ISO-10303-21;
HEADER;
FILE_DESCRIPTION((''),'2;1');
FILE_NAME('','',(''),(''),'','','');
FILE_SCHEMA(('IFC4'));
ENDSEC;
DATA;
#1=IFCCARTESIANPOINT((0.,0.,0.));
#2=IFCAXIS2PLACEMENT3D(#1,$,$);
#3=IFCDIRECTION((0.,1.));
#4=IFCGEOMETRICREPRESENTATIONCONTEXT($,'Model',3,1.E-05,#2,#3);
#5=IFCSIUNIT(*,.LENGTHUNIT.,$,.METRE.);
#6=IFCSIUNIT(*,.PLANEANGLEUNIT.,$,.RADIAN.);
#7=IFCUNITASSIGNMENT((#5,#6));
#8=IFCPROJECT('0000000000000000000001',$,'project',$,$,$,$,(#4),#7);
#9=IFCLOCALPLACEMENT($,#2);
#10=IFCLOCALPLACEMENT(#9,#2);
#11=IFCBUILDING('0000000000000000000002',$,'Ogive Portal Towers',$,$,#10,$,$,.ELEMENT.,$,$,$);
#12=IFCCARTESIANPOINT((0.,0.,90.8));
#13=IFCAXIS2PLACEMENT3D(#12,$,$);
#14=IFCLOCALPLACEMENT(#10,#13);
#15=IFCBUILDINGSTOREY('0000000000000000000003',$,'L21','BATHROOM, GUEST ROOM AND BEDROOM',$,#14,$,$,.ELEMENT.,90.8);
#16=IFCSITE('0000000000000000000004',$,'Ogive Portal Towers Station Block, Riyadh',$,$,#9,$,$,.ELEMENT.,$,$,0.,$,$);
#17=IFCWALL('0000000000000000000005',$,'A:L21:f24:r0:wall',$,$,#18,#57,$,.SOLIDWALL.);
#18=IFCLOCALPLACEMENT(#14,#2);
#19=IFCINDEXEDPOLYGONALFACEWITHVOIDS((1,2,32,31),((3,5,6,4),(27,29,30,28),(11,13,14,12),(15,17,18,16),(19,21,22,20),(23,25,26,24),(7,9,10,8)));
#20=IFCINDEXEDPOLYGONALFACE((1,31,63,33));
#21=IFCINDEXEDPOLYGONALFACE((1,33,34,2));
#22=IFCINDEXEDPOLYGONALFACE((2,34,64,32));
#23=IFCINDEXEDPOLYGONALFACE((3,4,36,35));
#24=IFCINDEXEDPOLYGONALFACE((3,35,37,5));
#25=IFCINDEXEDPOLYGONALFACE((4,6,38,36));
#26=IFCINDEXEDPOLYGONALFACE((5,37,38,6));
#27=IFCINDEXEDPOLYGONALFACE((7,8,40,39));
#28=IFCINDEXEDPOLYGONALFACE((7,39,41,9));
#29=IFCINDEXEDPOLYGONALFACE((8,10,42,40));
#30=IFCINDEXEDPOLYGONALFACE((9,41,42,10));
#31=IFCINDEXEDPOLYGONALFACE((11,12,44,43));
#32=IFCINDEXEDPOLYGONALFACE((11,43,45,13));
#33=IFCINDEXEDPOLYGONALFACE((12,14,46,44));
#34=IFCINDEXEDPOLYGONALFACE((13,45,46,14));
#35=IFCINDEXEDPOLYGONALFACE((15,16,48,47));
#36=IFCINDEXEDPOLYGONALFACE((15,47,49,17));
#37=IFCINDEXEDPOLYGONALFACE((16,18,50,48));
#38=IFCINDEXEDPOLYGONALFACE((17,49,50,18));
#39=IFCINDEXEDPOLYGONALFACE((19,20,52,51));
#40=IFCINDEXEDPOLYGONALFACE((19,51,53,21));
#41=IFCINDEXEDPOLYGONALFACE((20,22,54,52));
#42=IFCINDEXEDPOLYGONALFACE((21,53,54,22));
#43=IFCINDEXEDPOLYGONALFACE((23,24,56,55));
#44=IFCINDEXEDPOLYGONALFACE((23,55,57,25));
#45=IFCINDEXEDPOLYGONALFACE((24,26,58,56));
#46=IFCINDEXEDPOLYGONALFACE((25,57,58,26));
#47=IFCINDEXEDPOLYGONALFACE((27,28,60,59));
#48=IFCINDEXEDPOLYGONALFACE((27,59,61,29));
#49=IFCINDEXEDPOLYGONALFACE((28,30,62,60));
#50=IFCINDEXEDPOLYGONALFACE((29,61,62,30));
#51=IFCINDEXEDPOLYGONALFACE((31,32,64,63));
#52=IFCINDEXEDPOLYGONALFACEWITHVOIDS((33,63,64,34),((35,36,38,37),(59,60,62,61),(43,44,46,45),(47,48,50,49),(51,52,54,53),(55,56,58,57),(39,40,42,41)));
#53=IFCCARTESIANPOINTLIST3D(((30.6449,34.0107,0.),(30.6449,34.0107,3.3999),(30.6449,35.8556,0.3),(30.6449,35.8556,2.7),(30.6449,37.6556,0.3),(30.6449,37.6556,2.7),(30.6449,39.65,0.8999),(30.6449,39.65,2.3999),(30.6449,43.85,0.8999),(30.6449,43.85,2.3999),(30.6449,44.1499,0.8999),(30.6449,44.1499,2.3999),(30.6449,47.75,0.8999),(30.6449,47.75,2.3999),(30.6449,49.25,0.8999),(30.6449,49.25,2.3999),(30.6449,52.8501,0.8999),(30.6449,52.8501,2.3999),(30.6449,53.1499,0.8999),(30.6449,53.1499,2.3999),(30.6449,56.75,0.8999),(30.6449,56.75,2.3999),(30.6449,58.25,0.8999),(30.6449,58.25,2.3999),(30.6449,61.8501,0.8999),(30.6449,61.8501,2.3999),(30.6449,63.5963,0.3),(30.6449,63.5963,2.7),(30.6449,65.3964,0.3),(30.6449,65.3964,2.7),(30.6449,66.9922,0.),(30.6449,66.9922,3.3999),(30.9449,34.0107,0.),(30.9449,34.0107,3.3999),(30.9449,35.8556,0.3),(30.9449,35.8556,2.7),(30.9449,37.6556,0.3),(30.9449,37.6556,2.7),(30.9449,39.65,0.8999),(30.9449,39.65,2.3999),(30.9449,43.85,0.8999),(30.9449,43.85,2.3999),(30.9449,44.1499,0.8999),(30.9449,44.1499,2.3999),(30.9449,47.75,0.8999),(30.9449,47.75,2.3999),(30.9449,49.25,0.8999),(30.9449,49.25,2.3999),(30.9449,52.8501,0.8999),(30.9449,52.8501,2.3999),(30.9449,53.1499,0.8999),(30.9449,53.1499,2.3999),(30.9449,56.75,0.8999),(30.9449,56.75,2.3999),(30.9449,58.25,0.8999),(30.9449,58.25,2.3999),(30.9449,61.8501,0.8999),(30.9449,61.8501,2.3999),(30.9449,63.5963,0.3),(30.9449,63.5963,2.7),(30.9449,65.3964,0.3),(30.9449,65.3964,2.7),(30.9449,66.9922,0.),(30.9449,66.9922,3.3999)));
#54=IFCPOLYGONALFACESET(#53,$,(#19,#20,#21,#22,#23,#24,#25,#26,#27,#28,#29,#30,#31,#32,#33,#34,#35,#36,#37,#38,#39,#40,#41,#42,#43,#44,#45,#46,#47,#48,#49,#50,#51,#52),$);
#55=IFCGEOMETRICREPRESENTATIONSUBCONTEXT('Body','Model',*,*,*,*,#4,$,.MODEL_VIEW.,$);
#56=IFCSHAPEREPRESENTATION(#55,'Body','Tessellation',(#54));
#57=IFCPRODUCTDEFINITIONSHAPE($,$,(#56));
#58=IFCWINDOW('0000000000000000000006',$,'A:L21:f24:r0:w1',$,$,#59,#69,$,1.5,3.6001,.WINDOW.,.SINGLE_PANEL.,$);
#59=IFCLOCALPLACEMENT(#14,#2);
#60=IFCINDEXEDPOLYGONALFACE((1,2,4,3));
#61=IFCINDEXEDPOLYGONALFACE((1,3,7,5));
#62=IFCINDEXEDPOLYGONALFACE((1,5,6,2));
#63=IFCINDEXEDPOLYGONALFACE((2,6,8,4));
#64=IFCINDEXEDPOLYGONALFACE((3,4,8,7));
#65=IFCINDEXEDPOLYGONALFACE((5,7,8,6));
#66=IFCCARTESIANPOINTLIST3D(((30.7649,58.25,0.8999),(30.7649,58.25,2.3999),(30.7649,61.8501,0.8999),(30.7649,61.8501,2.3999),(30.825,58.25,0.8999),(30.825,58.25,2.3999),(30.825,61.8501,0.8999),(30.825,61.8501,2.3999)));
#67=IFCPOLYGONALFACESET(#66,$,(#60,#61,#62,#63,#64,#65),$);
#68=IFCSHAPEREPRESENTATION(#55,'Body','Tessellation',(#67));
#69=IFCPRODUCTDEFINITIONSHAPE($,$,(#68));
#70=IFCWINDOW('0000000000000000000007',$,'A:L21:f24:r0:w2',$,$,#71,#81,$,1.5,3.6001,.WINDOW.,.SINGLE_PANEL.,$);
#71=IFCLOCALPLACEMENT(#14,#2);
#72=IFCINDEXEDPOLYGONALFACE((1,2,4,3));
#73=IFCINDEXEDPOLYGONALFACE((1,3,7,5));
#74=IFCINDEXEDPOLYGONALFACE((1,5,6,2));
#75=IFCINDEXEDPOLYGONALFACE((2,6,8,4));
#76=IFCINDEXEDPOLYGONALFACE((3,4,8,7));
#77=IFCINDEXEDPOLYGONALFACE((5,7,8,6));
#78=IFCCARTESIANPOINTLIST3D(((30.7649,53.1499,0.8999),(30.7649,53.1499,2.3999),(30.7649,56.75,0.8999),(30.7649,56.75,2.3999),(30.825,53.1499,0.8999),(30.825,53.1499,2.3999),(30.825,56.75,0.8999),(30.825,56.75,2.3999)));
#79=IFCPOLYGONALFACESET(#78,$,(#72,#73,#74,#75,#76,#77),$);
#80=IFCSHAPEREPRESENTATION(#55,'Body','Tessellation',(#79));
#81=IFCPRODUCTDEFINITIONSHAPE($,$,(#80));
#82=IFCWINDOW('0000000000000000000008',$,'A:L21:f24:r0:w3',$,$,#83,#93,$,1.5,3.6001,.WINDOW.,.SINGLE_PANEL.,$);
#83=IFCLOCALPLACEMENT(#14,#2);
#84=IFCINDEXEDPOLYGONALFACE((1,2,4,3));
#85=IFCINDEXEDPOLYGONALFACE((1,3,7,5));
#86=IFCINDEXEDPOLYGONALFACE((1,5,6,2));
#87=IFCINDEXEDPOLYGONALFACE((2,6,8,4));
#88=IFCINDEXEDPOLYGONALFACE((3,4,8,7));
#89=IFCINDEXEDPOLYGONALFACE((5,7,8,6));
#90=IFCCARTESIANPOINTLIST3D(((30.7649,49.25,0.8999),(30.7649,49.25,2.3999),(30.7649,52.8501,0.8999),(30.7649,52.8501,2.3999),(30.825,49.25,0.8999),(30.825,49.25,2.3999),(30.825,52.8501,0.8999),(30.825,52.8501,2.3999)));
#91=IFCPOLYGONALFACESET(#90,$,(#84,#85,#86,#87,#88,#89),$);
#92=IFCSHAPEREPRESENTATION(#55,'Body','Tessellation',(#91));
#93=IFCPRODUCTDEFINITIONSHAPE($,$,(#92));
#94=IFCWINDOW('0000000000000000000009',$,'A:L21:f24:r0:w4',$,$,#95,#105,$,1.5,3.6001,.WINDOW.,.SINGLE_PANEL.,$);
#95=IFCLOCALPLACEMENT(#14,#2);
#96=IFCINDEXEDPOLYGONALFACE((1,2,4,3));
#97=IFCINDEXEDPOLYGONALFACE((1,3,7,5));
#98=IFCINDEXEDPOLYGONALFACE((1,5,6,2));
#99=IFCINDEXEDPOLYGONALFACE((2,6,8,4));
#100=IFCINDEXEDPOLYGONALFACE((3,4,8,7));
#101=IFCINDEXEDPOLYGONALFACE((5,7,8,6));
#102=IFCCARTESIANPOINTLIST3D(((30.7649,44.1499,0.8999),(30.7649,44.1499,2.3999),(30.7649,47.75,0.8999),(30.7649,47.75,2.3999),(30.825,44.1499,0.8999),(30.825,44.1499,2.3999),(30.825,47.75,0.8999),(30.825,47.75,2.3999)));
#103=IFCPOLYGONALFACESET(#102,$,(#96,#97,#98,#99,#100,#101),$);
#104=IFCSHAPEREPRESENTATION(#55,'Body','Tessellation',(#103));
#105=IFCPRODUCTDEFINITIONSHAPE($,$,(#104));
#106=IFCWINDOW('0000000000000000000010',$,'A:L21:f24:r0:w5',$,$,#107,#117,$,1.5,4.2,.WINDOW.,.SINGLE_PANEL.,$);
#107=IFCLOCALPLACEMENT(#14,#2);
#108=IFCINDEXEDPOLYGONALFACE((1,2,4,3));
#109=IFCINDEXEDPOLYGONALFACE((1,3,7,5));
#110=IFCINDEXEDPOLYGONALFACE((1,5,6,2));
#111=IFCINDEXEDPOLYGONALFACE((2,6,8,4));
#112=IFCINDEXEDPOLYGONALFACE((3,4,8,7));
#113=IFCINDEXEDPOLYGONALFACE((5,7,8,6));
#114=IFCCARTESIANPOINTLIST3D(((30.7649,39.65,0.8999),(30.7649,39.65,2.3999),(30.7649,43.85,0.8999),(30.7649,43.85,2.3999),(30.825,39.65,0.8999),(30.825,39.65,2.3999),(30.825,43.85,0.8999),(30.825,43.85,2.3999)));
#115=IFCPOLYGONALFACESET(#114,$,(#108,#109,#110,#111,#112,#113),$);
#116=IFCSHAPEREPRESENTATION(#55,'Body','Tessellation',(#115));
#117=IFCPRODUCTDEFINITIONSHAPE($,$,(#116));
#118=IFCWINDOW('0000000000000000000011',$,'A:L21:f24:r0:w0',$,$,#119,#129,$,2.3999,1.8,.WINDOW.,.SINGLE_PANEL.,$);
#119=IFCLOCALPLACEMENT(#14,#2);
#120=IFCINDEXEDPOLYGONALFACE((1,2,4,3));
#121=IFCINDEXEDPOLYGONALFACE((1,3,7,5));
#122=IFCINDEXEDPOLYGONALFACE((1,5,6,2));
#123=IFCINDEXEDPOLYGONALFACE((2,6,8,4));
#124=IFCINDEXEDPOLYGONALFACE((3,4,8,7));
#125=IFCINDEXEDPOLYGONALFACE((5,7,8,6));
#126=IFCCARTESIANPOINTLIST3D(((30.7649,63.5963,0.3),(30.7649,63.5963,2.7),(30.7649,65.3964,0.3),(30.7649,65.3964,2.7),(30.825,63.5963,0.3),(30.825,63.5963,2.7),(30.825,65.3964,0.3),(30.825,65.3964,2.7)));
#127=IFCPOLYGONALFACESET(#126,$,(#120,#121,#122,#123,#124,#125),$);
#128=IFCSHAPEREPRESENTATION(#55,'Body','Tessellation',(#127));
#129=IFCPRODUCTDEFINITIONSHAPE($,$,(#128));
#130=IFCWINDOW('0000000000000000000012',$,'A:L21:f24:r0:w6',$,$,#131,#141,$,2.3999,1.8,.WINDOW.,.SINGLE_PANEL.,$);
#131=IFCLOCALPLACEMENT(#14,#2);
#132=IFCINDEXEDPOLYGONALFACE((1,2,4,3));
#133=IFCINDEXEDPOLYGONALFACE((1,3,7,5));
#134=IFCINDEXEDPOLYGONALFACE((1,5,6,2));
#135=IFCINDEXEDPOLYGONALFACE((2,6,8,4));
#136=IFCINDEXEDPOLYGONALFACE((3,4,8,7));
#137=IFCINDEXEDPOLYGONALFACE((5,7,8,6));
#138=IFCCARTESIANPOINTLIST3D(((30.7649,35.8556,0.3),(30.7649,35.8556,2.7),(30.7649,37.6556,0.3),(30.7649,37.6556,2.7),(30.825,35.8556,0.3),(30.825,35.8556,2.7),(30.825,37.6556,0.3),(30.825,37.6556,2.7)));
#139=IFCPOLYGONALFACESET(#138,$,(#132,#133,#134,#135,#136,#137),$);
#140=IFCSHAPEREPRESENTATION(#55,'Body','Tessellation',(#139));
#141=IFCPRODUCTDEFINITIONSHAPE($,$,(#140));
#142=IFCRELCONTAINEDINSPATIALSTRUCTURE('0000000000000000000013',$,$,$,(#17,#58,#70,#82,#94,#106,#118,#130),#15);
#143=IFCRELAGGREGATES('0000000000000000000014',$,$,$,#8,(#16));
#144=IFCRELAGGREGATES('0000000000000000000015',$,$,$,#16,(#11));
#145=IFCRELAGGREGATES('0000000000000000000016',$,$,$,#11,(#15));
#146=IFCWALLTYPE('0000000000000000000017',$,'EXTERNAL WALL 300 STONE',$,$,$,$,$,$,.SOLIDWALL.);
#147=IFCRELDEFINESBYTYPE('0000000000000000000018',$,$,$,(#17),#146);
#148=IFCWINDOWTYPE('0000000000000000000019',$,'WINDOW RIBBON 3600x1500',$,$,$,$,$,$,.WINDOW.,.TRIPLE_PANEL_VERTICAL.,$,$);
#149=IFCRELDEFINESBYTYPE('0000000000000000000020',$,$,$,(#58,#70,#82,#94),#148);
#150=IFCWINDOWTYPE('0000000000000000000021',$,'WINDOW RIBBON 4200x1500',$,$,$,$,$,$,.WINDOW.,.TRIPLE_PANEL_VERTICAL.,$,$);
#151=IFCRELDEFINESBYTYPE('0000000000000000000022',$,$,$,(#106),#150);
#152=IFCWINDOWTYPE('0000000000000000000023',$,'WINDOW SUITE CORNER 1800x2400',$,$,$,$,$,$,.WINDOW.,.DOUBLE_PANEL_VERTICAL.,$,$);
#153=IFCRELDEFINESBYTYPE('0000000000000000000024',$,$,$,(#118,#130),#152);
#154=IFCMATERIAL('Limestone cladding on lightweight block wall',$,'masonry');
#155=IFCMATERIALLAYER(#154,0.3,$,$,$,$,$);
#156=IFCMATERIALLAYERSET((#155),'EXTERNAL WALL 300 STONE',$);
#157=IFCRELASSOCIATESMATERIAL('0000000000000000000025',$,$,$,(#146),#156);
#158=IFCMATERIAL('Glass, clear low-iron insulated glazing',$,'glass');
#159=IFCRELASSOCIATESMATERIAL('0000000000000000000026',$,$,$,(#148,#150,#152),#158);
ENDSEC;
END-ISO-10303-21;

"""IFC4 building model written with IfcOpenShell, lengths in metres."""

from ifc_helpers import new_model, si_unit, direction, frame, frame_2d, origin, place, context, subcontext, project, spatial, rectangle, extrude, material, layer, layer_set, type_object, element, fill, save


model = new_model("IFC4")

# Units and contexts
model_context = context("Model", 3, precision=1e-05, world=origin(), true_north=direction((0.0, 1.0)))
body_context = subcontext(model_context, "Body", "Model", "MODEL_VIEW")
ifc_project = project(units=[si_unit("LENGTHUNIT", "METRE"), si_unit("PLANEANGLEUNIT", "RADIAN")], contexts=[model_context])

# Site, building, storey
site_placement = place(None, origin())
site = spatial("IfcSite", under=ifc_project, at=site_placement, Name="Ogive Portal Towers Station Block, Riyadh", CompositionType="ELEMENT", RefElevation=0.0)
building_placement = place(site_placement, origin())
building = spatial("IfcBuilding", under=site, at=building_placement, Name="Ogive Portal Towers", CompositionType="ELEMENT")
storey_placement = place(building_placement, frame((0.0, 0.0, 90.8)))
storey = spatial("IfcBuildingStorey", under=building, at=storey_placement, Name="L21", Description="BATHROOM, GUEST ROOM AND BEDROOM", CompositionType="ELEMENT", Elevation=90.8)

# Shared definitions
ifc_material_1 = material(Name="Glass, clear low-iron insulated glazing", Category="glass")

# Wall, openings, windows
ifc_material_2 = material(Name="Limestone cladding on lightweight block wall", Category="masonry")
ifc_layer_1 = layer(ifc_material_2, 0.3)
ifc_layer_set_1 = layer_set([ifc_layer_1], Name="EXTERNAL WALL 300 STONE")
wall_type_1 = type_object("IfcWallType", Name="EXTERNAL WALL 300 STONE", PredefinedType="SOLIDWALL", material=ifc_layer_set_1)
wall_1_placement = place(storey_placement, frame((30.7949, 66.9922, 0.0), z_axis=(0.0, 0.0, 1.0), x_axis=(0.0, -1.0, 0.0)))
wall_1 = element("IfcWall", 1, at=wall_1_placement, inside=storey, type_object=wall_type_1, Name="A:L21:f24:r0:wall", PredefinedType="SOLIDWALL", context=body_context, shape_type="SweptSolid", body=[
    extrude(rectangle(XDim=32.9814, YDim=0.3, at=frame_2d((16.4907, 0.0))), origin(), (0.0, 0.0, 1.0), 3.3999),
])
opening_1_placement = place(wall_1_placement, frame((1.5959, 0.0, 0.3)))
opening_1 = element("IfcOpeningElement", 2, at=opening_1_placement, cuts=wall_1, PredefinedType="OPENING", context=body_context, shape_type="SweptSolid", body=[
    extrude(rectangle(XDim=1.8, YDim=2.3999, at=frame_2d((0.8999, 1.2))), frame((0.0, 0.1602, 0.0), z_axis=(0.0, -1.0, 0.0), x_axis=(1.0, 0.0, 0.0)), (0.0, 0.0, 1.0), 0.3201),
])
opening_2_placement = place(wall_1_placement, frame((5.1421, 0.0, 0.8999)))
opening_2 = element("IfcOpeningElement", 3, at=opening_2_placement, cuts=wall_1, PredefinedType="OPENING", context=body_context, shape_type="SweptSolid", body=[
    extrude(rectangle(XDim=3.6001, YDim=1.5, at=frame_2d((1.8, 0.75))), frame((0.0, 0.1602, 0.0), z_axis=(0.0, -1.0, 0.0), x_axis=(1.0, 0.0, 0.0)), (0.0, 0.0, 1.0), 0.3201),
])
opening_3_placement = place(wall_1_placement, frame((10.2422, 0.0, 0.8999)))
opening_3 = element("IfcOpeningElement", 4, at=opening_3_placement, cuts=wall_1, PredefinedType="OPENING", context=body_context, shape_type="SweptSolid", body=[
    extrude(rectangle(XDim=3.6001, YDim=1.5, at=frame_2d((1.8, 0.75))), frame((0.0, 0.1602, 0.0), z_axis=(0.0, -1.0, 0.0), x_axis=(1.0, 0.0, 0.0)), (0.0, 0.0, 1.0), 0.3201),
])
opening_4_placement = place(wall_1_placement, frame((14.1421, 0.0, 0.8999)))
opening_4 = element("IfcOpeningElement", 5, at=opening_4_placement, cuts=wall_1, PredefinedType="OPENING", context=body_context, shape_type="SweptSolid", body=[
    extrude(rectangle(XDim=3.6001, YDim=1.5, at=frame_2d((1.8, 0.75))), frame((0.0, 0.1602, 0.0), z_axis=(0.0, -1.0, 0.0), x_axis=(1.0, 0.0, 0.0)), (0.0, 0.0, 1.0), 0.3201),
])
opening_5_placement = place(wall_1_placement, frame((19.2422, 0.0, 0.8999)))
opening_5 = element("IfcOpeningElement", 6, at=opening_5_placement, cuts=wall_1, PredefinedType="OPENING", context=body_context, shape_type="SweptSolid", body=[
    extrude(rectangle(XDim=3.6001, YDim=1.5, at=frame_2d((1.8, 0.75))), frame((0.0, 0.1602, 0.0), z_axis=(0.0, -1.0, 0.0), x_axis=(1.0, 0.0, 0.0)), (0.0, 0.0, 1.0), 0.3201),
])
opening_6_placement = place(wall_1_placement, frame((23.1421, 0.0, 0.8999)))
opening_6 = element("IfcOpeningElement", 7, at=opening_6_placement, cuts=wall_1, PredefinedType="OPENING", context=body_context, shape_type="SweptSolid", body=[
    extrude(rectangle(XDim=4.2, YDim=1.5, at=frame_2d((2.1001, 0.75))), frame((0.0, 0.1602, 0.0), z_axis=(0.0, -1.0, 0.0), x_axis=(1.0, 0.0, 0.0)), (0.0, 0.0, 1.0), 0.3201),
])
opening_7_placement = place(wall_1_placement, frame((29.3367, 0.0, 0.3)))
opening_7 = element("IfcOpeningElement", 8, at=opening_7_placement, cuts=wall_1, PredefinedType="OPENING", context=body_context, shape_type="SweptSolid", body=[
    extrude(rectangle(XDim=1.8, YDim=2.3999, at=frame_2d((0.8999, 1.2))), frame((0.0, 0.1602, 0.0), z_axis=(0.0, -1.0, 0.0), x_axis=(1.0, 0.0, 0.0)), (0.0, 0.0, 1.0), 0.3201),
])
window_type_1 = type_object("IfcWindowType", Name="WINDOW RIBBON 3600x1500", PartitioningType="TRIPLE_PANEL_VERTICAL", PredefinedType="WINDOW", material=ifc_material_1)
window_1_placement = place(opening_2_placement, origin())
window_1 = element("IfcWindow", 9, at=window_1_placement, inside=storey, type_object=window_type_1, Name="A:L21:f24:r0:w1", OverallHeight=1.5, OverallWidth=3.6001, PartitioningType="SINGLE_PANEL", PredefinedType="WINDOW", context=body_context, shape_type="SweptSolid", body=[
    extrude(rectangle(XDim=3.6001, YDim=1.5, at=frame_2d((1.8, 0.75))), frame((0.0, 0.03, 0.0), z_axis=(0.0, -1.0, 0.0), x_axis=(1.0, 0.0, 0.0)), (0.0, 0.0, 1.0), 0.0601),
])
fill(opening_2, window_1)
window_2_placement = place(opening_3_placement, origin())
window_2 = element("IfcWindow", 10, at=window_2_placement, inside=storey, type_object=window_type_1, Name="A:L21:f24:r0:w2", OverallHeight=1.5, OverallWidth=3.6001, PartitioningType="SINGLE_PANEL", PredefinedType="WINDOW", context=body_context, shape_type="SweptSolid", body=[
    extrude(rectangle(XDim=3.6001, YDim=1.5, at=frame_2d((1.8, 0.75))), frame((0.0, 0.03, 0.0), z_axis=(0.0, -1.0, 0.0), x_axis=(1.0, 0.0, 0.0)), (0.0, 0.0, 1.0), 0.0601),
])
fill(opening_3, window_2)
window_3_placement = place(opening_4_placement, origin())
window_3 = element("IfcWindow", 11, at=window_3_placement, inside=storey, type_object=window_type_1, Name="A:L21:f24:r0:w3", OverallHeight=1.5, OverallWidth=3.6001, PartitioningType="SINGLE_PANEL", PredefinedType="WINDOW", context=body_context, shape_type="SweptSolid", body=[
    extrude(rectangle(XDim=3.6001, YDim=1.5, at=frame_2d((1.8, 0.75))), frame((0.0, 0.03, 0.0), z_axis=(0.0, -1.0, 0.0), x_axis=(1.0, 0.0, 0.0)), (0.0, 0.0, 1.0), 0.0601),
])
fill(opening_4, window_3)
window_4_placement = place(opening_5_placement, origin())
window_4 = element("IfcWindow", 12, at=window_4_placement, inside=storey, type_object=window_type_1, Name="A:L21:f24:r0:w4", OverallHeight=1.5, OverallWidth=3.6001, PartitioningType="SINGLE_PANEL", PredefinedType="WINDOW", context=body_context, shape_type="SweptSolid", body=[
    extrude(rectangle(XDim=3.6001, YDim=1.5, at=frame_2d((1.8, 0.75))), frame((0.0, 0.03, 0.0), z_axis=(0.0, -1.0, 0.0), x_axis=(1.0, 0.0, 0.0)), (0.0, 0.0, 1.0), 0.0601),
])
fill(opening_5, window_4)
window_type_2 = type_object("IfcWindowType", Name="WINDOW RIBBON 4200x1500", PartitioningType="TRIPLE_PANEL_VERTICAL", PredefinedType="WINDOW", material=ifc_material_1)
window_5_placement = place(opening_6_placement, origin())
window_5 = element("IfcWindow", 13, at=window_5_placement, inside=storey, type_object=window_type_2, Name="A:L21:f24:r0:w5", OverallHeight=1.5, OverallWidth=4.2, PartitioningType="SINGLE_PANEL", PredefinedType="WINDOW", context=body_context, shape_type="SweptSolid", body=[
    extrude(rectangle(XDim=4.2, YDim=1.5, at=frame_2d((2.1001, 0.75))), frame((0.0, 0.03, 0.0), z_axis=(0.0, -1.0, 0.0), x_axis=(1.0, 0.0, 0.0)), (0.0, 0.0, 1.0), 0.0601),
])
fill(opening_6, window_5)
window_type_3 = type_object("IfcWindowType", Name="WINDOW SUITE CORNER 1800x2400", PartitioningType="DOUBLE_PANEL_VERTICAL", PredefinedType="WINDOW", material=ifc_material_1)
window_6_placement = place(opening_1_placement, origin())
window_6 = element("IfcWindow", 14, at=window_6_placement, inside=storey, type_object=window_type_3, Name="A:L21:f24:r0:w0", OverallHeight=2.3999, OverallWidth=1.8, PartitioningType="SINGLE_PANEL", PredefinedType="WINDOW", context=body_context, shape_type="SweptSolid", body=[
    extrude(rectangle(XDim=1.8, YDim=2.3999, at=frame_2d((0.8999, 1.2))), frame((0.0, 0.03, 0.0), z_axis=(0.0, -1.0, 0.0), x_axis=(1.0, 0.0, 0.0)), (0.0, 0.0, 1.0), 0.0601),
])
fill(opening_1, window_6)
window_7_placement = place(opening_7_placement, origin())
window_7 = element("IfcWindow", 15, at=window_7_placement, inside=storey, type_object=window_type_3, Name="A:L21:f24:r0:w6", OverallHeight=2.3999, OverallWidth=1.8, PartitioningType="SINGLE_PANEL", PredefinedType="WINDOW", context=body_context, shape_type="SweptSolid", body=[
    extrude(rectangle(XDim=1.8, YDim=2.3999, at=frame_2d((0.8999, 1.2))), frame((0.0, 0.03, 0.0), z_axis=(0.0, -1.0, 0.0), x_axis=(1.0, 0.0, 0.0)), (0.0, 0.0, 1.0), 0.0601),
])
fill(opening_7, window_7)

save(model, "model.ifc")
